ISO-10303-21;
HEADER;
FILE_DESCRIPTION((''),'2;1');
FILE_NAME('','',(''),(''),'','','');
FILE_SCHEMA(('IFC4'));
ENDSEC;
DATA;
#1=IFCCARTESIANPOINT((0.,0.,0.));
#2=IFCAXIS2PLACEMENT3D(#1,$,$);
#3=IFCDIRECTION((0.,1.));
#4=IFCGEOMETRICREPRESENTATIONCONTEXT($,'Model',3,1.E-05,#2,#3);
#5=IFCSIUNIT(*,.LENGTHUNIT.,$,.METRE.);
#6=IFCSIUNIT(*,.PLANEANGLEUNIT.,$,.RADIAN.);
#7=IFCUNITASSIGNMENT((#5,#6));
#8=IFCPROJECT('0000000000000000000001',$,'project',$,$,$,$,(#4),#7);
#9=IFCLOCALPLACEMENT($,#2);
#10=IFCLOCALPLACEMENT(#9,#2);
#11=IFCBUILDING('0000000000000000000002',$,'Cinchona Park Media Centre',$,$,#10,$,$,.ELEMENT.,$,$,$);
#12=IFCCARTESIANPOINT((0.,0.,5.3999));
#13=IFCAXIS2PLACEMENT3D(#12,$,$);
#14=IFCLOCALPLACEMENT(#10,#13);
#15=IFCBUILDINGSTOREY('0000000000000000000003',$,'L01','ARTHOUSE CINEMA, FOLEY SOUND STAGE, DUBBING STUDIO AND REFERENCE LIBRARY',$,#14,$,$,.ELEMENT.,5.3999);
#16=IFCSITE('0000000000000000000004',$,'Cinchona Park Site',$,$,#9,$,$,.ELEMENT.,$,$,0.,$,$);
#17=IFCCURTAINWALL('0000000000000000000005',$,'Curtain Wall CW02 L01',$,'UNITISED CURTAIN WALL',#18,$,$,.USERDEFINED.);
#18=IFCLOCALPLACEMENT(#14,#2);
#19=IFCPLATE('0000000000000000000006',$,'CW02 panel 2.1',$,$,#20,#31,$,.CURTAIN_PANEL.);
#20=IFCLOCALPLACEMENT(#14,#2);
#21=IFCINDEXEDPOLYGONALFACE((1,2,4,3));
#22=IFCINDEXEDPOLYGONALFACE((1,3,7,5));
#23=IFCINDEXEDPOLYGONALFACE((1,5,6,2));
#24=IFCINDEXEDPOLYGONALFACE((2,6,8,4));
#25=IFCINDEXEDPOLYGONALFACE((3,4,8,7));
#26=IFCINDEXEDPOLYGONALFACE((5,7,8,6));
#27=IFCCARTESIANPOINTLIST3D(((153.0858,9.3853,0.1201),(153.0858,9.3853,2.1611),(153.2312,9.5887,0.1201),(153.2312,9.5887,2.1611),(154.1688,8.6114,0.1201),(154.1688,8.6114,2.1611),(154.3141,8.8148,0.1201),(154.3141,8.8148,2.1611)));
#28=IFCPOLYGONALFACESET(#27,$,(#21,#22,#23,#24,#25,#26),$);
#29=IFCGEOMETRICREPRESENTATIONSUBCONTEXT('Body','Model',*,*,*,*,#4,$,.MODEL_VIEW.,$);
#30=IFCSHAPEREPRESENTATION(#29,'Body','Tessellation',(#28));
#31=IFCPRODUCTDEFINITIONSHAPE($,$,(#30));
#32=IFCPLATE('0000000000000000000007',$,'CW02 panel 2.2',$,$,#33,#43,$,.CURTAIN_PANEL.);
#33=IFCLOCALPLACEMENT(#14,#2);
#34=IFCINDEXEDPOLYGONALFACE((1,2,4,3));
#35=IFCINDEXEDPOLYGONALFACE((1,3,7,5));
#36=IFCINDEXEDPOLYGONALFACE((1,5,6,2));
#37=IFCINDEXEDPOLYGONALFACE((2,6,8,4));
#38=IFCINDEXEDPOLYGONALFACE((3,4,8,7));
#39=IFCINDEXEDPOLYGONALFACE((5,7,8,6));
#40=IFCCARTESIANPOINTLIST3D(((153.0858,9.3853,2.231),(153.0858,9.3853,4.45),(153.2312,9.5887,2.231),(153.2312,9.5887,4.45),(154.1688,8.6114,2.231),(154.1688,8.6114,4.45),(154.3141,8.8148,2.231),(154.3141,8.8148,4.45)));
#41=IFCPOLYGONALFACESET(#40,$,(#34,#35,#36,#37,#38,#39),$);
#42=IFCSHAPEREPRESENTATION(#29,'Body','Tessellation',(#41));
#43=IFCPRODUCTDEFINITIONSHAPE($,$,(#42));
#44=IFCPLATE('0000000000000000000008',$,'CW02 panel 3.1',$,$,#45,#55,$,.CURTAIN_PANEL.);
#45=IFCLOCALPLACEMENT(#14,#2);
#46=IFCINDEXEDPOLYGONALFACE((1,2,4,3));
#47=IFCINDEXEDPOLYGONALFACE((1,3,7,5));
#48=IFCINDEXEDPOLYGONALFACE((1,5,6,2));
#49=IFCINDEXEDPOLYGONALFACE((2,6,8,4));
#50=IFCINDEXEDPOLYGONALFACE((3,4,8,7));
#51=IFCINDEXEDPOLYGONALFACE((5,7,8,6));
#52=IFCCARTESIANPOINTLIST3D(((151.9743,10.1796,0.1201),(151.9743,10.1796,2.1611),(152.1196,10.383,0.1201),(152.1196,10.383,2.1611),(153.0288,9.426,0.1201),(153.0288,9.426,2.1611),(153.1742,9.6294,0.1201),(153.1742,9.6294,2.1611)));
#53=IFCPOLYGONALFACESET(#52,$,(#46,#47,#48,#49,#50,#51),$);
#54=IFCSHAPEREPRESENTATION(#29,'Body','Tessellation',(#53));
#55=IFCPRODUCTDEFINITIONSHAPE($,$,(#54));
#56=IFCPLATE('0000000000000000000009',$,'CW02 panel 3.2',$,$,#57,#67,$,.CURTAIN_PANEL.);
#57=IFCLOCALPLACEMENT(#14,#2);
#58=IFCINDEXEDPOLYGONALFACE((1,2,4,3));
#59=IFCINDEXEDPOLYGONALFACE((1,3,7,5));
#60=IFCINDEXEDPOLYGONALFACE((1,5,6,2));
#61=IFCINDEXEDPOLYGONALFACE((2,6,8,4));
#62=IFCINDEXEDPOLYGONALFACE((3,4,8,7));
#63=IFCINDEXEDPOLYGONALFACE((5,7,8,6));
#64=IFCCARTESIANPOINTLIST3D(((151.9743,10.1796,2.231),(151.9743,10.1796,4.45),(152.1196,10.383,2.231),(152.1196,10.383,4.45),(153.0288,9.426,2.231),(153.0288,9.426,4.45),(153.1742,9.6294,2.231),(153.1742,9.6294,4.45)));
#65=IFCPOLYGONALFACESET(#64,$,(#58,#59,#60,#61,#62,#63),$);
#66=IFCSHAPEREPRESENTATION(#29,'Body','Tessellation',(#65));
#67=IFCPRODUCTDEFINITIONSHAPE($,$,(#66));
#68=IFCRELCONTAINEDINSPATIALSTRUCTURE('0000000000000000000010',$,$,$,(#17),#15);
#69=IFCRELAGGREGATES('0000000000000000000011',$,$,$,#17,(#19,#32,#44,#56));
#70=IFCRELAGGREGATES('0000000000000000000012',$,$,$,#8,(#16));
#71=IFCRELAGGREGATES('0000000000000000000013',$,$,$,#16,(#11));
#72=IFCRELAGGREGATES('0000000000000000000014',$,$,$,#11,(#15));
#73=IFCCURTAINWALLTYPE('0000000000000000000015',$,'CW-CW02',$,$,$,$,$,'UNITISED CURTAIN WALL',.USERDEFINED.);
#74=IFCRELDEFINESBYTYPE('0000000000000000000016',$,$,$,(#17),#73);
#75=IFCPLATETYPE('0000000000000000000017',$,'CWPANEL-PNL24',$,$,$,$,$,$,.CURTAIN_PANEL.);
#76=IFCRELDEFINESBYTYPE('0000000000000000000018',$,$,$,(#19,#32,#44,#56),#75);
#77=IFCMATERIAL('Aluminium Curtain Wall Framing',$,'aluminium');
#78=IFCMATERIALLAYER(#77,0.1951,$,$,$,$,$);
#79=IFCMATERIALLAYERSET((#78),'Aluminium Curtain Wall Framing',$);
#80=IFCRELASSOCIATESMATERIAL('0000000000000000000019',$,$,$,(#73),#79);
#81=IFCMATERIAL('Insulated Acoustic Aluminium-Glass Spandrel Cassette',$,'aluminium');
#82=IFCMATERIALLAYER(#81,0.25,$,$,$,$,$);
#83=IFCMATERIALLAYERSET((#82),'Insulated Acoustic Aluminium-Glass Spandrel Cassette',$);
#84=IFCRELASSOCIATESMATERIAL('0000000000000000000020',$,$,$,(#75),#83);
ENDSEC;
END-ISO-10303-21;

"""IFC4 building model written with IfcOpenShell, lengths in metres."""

from ifc_helpers import new_model, si_unit, direction, frame, origin, origin_2d, place, context, subcontext, project, spatial, rectangle, extrude, material, layer, layer_set, type_object, element, aggregate, save


model = new_model("IFC4")

# Units and contexts
model_context = context("Model", 3, precision=1e-05, world=origin(), true_north=direction((0.0, 1.0)))
body_context = subcontext(model_context, "Body", "Model", "MODEL_VIEW")
ifc_project = project(units=[si_unit("LENGTHUNIT", "METRE"), si_unit("PLANEANGLEUNIT", "RADIAN")], contexts=[model_context])

# Site, building, storey
site_placement = place(None, origin())
site = spatial("IfcSite", under=ifc_project, at=site_placement, Name="Cinchona Park Site", CompositionType="ELEMENT", RefElevation=0.0)
building_placement = place(site_placement, origin())
building = spatial("IfcBuilding", under=site, at=building_placement, Name="Cinchona Park Media Centre", CompositionType="ELEMENT")
storey_placement = place(building_placement, frame((0.0, 0.0, 5.3999)))
storey = spatial("IfcBuildingStorey", under=building, at=storey_placement, Name="L01", Description="ARTHOUSE CINEMA, FOLEY SOUND STAGE, DUBBING STUDIO AND REFERENCE LIBRARY", CompositionType="ELEMENT", Elevation=5.3999)

# Curtain wall, plates
ifc_material_1 = material(Name="Aluminium Curtain Wall Framing", Category="aluminium")
ifc_layer_1 = layer(ifc_material_1, 0.1951)
ifc_layer_set_1 = layer_set([ifc_layer_1], Name="Aluminium Curtain Wall Framing")
curtain_wall_type = type_object("IfcCurtainWallType", Name="CW-CW02", ElementType="UNITISED CURTAIN WALL", PredefinedType="USERDEFINED", material=ifc_layer_set_1)
curtain_wall_placement = place(storey_placement, origin())
curtain_wall = element("IfcCurtainWall", 1, at=curtain_wall_placement, inside=storey, type_object=curtain_wall_type, Name="Curtain Wall CW02 L01", ObjectType="UNITISED CURTAIN WALL", PredefinedType="USERDEFINED")
ifc_material_2 = material(Name="Insulated Acoustic Aluminium-Glass Spandrel Cassette", Category="aluminium")
ifc_layer_2 = layer(ifc_material_2, 0.25)
ifc_layer_set_2 = layer_set([ifc_layer_2], Name="Insulated Acoustic Aluminium-Glass Spandrel Cassette")
plate_type = type_object("IfcPlateType", Name="CWPANEL-PNL24", PredefinedType="CURTAIN_PANEL", material=ifc_layer_set_2)
plate_1_placement = place(storey_placement, frame((153.7, 9.1001, 0.1201), z_axis=(0.0, 0.0, 1.0), x_axis=(-0.813605, 0.581418, 0.0)))
plate_1 = element("IfcPlate", 2, at=plate_1_placement, type_object=plate_type, Name="CW02 panel 2.1", PredefinedType="CURTAIN_PANEL", context=body_context, shape_type="SweptSolid", body=[
    extrude(rectangle(XDim=1.3311, YDim=0.25, at=origin_2d()), origin(), (0.0, 0.0, 1.0), 2.041),
])
plate_2_placement = place(storey_placement, frame((153.7, 9.1001, 2.231), z_axis=(0.0, 0.0, 1.0), x_axis=(-0.813605, 0.581418, 0.0)))
plate_2 = element("IfcPlate", 3, at=plate_2_placement, type_object=plate_type, Name="CW02 panel 2.2", PredefinedType="CURTAIN_PANEL", context=body_context, shape_type="SweptSolid", body=[
    extrude(rectangle(XDim=1.3311, YDim=0.25, at=origin_2d()), origin(), (0.0, 0.0, 1.0), 2.219),
])
plate_3_placement = place(storey_placement, frame((152.5742, 9.9045, 0.1201), z_axis=(0.0, 0.0, 1.0), x_axis=(-0.813605, 0.581418, 0.0)))
plate_3 = element("IfcPlate", 4, at=plate_3_placement, type_object=plate_type, Name="CW02 panel 3.1", PredefinedType="CURTAIN_PANEL", context=body_context, shape_type="SweptSolid", body=[
    extrude(rectangle(XDim=1.2961, YDim=0.25, at=origin_2d()), origin(), (0.0, 0.0, 1.0), 2.041),
])
plate_4_placement = place(storey_placement, frame((152.5742, 9.9045, 2.231), z_axis=(0.0, 0.0, 1.0), x_axis=(-0.813605, 0.581418, 0.0)))
plate_4 = element("IfcPlate", 5, at=plate_4_placement, type_object=plate_type, Name="CW02 panel 3.2", PredefinedType="CURTAIN_PANEL", context=body_context, shape_type="SweptSolid", body=[
    extrude(rectangle(XDim=1.2961, YDim=0.25, at=origin_2d()), origin(), (0.0, 0.0, 1.0), 2.219),
])
aggregate(curtain_wall, [plate_1, plate_2, plate_3, plate_4])

save(model, "model.ifc")
